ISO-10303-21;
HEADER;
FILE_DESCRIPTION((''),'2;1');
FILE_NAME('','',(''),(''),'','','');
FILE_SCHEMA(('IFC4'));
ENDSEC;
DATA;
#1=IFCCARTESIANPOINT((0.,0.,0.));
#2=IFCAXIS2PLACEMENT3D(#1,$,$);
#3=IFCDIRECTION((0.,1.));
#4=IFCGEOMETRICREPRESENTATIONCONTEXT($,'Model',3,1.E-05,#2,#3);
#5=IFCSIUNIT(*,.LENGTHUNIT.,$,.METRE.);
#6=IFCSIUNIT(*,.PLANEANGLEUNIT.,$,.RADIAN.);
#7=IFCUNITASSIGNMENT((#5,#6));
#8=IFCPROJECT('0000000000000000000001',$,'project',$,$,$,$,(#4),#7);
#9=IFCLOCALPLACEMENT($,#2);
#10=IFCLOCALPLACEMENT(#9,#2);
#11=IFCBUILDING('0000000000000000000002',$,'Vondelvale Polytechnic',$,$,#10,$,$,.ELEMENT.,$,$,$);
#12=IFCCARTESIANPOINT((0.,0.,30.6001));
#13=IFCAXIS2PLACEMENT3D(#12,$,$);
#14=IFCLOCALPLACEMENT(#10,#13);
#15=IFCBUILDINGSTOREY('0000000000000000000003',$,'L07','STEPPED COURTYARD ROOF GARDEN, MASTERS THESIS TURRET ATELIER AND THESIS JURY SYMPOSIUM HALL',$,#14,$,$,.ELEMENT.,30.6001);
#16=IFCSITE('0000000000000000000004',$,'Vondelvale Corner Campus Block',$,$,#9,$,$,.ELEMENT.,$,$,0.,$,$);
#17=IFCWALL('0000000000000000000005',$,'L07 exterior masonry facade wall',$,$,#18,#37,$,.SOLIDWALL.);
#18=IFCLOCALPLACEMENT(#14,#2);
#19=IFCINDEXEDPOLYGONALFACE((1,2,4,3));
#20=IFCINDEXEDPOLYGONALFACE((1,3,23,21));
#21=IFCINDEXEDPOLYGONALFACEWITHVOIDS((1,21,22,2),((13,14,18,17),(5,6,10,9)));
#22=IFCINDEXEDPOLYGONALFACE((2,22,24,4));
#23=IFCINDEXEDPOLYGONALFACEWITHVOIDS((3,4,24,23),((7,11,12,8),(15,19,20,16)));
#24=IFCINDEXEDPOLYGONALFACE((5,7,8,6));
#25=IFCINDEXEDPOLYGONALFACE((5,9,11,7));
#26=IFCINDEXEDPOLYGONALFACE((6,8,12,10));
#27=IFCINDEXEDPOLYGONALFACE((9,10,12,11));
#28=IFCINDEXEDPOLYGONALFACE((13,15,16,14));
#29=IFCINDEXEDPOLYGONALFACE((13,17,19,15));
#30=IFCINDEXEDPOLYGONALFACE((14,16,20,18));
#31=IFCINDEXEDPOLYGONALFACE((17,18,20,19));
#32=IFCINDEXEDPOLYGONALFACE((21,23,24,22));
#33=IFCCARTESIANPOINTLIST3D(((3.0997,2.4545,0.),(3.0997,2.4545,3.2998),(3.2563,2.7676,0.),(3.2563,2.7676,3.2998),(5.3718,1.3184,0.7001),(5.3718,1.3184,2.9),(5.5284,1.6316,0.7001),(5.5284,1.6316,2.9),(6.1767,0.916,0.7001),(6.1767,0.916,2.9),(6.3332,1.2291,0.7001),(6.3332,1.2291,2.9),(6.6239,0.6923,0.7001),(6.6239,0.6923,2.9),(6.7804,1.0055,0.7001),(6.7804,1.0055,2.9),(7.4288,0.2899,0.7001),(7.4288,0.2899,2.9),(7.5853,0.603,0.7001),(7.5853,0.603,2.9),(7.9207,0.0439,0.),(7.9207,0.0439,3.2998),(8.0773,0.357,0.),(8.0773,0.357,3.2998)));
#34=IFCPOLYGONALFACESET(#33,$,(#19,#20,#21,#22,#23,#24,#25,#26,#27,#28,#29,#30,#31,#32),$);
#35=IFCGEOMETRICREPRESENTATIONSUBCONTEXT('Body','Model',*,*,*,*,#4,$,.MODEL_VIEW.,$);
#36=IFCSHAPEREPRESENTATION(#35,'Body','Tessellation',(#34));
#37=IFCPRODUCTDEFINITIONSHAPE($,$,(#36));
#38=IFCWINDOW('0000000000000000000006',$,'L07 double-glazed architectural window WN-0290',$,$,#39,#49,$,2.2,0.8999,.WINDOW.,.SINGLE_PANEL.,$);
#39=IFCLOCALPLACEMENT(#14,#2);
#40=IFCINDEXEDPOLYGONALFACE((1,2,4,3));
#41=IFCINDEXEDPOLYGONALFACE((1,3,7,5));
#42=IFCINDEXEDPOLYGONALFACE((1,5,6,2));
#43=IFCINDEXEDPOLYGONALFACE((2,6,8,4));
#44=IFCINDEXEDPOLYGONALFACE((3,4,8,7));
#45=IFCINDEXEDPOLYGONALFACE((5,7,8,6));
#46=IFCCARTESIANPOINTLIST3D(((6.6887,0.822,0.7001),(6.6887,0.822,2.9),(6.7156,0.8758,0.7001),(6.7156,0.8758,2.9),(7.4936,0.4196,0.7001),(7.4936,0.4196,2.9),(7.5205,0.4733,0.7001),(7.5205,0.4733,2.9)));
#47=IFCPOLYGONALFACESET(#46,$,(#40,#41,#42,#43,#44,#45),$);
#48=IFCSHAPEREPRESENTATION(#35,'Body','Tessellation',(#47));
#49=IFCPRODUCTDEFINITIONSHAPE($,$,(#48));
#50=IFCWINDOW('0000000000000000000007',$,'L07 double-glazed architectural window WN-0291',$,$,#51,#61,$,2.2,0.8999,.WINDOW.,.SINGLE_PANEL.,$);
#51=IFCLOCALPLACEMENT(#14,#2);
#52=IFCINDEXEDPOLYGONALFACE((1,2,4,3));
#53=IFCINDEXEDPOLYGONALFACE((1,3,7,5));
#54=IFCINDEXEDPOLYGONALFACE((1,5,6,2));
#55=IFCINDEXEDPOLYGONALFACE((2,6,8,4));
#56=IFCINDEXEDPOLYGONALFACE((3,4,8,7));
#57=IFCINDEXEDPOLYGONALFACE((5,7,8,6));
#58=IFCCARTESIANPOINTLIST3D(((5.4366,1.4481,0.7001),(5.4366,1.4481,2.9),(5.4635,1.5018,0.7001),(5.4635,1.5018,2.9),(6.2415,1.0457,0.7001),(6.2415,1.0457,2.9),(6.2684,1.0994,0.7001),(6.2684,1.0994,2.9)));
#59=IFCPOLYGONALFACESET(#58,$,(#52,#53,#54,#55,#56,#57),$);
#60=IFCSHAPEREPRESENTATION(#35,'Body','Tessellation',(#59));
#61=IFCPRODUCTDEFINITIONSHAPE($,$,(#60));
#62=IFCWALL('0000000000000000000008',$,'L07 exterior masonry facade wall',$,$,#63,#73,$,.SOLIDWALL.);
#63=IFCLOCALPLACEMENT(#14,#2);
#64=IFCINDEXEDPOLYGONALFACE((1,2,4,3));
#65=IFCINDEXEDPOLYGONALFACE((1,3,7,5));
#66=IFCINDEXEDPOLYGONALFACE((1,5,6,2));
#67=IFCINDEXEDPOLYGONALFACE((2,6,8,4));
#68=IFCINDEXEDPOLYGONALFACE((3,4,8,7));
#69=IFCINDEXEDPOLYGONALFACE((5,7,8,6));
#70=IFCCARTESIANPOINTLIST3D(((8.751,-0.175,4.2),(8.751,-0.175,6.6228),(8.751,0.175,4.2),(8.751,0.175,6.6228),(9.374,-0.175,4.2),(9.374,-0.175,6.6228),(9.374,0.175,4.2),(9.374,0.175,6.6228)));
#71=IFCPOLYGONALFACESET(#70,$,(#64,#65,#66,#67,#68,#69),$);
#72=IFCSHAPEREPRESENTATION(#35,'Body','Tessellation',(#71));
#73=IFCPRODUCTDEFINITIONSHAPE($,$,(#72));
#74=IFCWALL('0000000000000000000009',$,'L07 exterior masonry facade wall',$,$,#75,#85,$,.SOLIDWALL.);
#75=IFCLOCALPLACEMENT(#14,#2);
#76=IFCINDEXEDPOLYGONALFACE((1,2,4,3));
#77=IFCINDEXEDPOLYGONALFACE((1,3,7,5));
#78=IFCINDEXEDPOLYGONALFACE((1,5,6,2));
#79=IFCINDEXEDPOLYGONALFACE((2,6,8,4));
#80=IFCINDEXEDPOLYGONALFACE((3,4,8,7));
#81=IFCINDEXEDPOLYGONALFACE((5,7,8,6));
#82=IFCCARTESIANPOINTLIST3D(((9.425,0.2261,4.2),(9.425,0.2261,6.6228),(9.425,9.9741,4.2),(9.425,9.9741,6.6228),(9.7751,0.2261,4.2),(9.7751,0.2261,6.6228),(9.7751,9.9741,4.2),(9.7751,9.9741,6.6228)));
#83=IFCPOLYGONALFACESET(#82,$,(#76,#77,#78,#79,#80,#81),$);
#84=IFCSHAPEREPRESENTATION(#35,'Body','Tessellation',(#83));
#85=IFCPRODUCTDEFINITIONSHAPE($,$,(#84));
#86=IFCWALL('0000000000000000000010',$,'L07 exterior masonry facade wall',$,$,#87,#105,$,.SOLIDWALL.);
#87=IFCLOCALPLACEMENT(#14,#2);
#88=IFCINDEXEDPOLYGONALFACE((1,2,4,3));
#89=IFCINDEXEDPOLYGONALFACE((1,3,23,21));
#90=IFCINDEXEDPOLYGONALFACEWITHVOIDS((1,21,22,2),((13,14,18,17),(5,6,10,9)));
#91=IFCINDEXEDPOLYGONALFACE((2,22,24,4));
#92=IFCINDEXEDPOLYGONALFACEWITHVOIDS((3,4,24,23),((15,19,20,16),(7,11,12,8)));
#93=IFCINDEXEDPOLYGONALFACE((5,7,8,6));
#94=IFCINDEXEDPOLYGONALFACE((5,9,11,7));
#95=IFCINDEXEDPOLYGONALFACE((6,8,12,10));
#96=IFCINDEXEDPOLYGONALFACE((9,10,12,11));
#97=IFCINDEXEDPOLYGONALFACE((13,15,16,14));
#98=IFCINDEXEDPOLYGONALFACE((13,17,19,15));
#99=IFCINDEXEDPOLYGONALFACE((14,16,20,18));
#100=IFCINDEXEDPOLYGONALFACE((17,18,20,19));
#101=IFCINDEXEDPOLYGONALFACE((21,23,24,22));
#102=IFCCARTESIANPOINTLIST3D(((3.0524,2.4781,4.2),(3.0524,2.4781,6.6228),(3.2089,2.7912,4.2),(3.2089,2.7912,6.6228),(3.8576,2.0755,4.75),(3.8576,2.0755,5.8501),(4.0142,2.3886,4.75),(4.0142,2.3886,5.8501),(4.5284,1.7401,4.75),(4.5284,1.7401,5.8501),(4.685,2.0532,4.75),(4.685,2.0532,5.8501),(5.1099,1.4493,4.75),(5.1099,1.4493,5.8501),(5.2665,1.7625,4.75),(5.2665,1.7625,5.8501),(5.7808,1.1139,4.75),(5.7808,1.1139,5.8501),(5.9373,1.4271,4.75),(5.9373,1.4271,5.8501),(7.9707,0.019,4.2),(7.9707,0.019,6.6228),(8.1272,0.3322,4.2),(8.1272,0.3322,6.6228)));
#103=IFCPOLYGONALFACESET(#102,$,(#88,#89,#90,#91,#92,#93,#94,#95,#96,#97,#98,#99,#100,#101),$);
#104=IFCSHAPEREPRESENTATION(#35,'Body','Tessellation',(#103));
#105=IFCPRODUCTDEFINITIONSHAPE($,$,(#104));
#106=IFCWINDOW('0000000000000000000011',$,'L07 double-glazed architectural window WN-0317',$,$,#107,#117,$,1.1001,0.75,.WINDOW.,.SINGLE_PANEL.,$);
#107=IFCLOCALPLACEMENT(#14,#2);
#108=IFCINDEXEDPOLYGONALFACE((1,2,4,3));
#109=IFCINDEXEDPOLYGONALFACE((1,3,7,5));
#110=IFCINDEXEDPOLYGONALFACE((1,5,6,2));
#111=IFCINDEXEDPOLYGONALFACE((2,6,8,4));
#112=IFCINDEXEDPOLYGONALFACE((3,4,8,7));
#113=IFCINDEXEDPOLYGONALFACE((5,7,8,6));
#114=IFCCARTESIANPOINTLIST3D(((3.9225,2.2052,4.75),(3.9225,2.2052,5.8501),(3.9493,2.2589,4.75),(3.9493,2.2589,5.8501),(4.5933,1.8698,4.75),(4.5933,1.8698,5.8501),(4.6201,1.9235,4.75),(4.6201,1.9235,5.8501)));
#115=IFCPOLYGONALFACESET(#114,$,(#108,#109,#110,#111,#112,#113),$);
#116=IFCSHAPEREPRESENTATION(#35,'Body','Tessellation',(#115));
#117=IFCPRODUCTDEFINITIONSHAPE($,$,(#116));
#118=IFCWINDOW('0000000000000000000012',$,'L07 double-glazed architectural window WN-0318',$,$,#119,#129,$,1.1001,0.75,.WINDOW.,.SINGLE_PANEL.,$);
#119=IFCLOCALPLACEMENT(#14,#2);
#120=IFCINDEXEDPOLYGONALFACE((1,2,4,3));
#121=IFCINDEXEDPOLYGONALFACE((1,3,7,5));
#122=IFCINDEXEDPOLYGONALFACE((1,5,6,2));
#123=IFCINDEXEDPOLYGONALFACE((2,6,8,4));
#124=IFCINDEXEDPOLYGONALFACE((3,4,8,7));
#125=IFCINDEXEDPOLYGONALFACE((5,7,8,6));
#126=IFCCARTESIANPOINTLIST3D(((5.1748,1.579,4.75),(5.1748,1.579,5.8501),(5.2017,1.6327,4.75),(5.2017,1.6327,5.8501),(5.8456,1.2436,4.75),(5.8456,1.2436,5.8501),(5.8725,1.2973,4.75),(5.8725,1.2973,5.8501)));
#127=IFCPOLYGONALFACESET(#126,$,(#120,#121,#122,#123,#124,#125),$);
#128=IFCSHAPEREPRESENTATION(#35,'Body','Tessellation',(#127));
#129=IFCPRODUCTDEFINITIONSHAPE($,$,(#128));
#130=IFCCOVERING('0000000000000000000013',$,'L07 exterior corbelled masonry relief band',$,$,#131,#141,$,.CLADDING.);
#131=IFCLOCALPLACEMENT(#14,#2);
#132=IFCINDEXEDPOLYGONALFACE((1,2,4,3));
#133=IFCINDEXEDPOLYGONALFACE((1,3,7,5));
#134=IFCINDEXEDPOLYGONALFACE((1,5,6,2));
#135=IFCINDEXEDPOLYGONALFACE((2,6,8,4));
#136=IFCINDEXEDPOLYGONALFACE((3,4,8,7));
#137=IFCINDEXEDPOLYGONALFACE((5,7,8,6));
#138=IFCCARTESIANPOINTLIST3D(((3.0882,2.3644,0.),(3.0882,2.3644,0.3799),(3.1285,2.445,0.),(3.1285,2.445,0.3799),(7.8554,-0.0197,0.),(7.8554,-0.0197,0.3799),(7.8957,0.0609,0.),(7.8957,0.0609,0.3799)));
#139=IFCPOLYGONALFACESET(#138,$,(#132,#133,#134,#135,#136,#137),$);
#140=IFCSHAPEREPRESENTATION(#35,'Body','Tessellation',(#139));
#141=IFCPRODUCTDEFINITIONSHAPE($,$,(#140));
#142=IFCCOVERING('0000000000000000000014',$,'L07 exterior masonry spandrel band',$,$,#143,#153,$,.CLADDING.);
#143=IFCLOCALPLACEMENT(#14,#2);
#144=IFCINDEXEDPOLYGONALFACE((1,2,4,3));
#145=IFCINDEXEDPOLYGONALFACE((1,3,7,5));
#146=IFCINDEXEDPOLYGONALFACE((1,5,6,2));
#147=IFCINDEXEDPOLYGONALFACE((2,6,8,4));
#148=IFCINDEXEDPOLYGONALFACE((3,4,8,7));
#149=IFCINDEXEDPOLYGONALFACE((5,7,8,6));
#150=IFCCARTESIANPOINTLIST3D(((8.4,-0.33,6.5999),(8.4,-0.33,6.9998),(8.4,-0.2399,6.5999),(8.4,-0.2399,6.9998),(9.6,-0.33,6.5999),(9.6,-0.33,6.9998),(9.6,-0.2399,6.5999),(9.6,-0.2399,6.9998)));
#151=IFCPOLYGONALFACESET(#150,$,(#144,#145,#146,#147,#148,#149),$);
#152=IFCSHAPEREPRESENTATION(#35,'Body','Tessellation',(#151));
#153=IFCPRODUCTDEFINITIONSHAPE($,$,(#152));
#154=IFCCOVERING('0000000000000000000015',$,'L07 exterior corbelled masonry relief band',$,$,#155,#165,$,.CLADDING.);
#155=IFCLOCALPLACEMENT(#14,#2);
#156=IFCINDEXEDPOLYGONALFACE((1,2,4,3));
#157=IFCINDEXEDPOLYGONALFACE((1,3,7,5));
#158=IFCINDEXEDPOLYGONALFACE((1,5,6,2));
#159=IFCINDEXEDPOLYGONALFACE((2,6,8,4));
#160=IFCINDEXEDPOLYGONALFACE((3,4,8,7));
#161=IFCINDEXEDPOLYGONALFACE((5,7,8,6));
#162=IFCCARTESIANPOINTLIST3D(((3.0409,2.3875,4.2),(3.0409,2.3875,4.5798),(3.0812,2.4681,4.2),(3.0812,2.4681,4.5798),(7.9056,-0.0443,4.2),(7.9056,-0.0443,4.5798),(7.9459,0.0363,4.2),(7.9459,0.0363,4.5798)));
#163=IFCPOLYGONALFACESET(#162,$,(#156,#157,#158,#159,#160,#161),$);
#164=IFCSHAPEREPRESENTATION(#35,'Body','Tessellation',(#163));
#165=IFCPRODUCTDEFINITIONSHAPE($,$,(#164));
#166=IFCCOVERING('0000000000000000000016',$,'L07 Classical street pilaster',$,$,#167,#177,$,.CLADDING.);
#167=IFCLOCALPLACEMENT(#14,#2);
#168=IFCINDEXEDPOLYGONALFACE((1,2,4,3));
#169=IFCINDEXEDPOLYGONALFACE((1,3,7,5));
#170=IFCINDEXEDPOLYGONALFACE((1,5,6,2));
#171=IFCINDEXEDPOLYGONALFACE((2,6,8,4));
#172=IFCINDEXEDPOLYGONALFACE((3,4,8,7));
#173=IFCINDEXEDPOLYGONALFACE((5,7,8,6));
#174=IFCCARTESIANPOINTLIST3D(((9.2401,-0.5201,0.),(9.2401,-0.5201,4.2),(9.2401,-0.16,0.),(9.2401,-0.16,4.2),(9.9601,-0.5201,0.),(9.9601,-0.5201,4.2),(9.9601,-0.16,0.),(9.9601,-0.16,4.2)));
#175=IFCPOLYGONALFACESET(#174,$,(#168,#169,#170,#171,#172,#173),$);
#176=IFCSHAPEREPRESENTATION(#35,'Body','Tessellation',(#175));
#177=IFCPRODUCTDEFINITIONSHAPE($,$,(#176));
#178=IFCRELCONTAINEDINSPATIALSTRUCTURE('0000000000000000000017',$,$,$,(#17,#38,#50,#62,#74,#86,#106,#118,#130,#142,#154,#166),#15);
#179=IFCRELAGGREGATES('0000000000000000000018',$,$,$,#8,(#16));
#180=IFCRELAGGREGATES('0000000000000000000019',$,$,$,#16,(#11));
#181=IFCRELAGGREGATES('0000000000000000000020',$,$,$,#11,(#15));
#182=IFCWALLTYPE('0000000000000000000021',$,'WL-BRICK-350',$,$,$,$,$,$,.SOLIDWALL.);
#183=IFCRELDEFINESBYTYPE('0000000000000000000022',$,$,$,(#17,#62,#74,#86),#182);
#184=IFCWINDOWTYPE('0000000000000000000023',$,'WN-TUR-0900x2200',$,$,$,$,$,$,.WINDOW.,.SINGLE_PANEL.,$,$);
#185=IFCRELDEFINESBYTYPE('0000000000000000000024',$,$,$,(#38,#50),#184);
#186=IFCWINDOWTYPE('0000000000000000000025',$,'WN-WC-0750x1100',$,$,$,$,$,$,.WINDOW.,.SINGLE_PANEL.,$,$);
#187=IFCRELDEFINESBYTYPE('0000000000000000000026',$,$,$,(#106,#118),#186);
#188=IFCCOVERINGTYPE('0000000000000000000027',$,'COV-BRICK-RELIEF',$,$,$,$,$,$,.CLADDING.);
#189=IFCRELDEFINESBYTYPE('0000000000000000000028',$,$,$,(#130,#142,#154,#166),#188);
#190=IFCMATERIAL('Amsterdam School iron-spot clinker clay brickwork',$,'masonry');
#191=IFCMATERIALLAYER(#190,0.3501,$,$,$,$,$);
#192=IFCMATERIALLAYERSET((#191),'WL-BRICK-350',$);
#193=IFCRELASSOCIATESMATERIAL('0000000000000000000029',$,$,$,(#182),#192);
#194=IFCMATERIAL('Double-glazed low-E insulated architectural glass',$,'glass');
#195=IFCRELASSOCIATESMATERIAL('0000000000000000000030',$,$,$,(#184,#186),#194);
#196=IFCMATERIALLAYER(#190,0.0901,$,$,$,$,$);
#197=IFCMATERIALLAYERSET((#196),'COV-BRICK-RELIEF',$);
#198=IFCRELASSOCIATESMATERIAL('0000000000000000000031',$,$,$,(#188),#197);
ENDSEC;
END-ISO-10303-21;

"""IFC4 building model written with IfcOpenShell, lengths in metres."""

from ifc_helpers import new_model, si_unit, direction, frame, frame_2d, origin, origin_2d, place, context, subcontext, project, spatial, rectangle, extrude, material, layer, layer_set, type_object, element, fill, save


model = new_model("IFC4")

# Units and contexts
model_context = context("Model", 3, precision=1e-05, world=origin(), true_north=direction((0.0, 1.0)))
body_context = subcontext(model_context, "Body", "Model", "MODEL_VIEW")
ifc_project = project(units=[si_unit("LENGTHUNIT", "METRE"), si_unit("PLANEANGLEUNIT", "RADIAN")], contexts=[model_context])

# Site, building, storey
site_placement = place(None, origin())
site = spatial("IfcSite", under=ifc_project, at=site_placement, Name="Vondelvale Corner Campus Block", CompositionType="ELEMENT", RefElevation=0.0)
building_placement = place(site_placement, origin())
building = spatial("IfcBuilding", under=site, at=building_placement, Name="Vondelvale Polytechnic", CompositionType="ELEMENT")
storey_placement = place(building_placement, frame((0.0, 0.0, 30.6001)))
storey = spatial("IfcBuildingStorey", under=building, at=storey_placement, Name="L07", Description="STEPPED COURTYARD ROOF GARDEN, MASTERS THESIS TURRET ATELIER AND THESIS JURY SYMPOSIUM HALL", CompositionType="ELEMENT", Elevation=30.6001)

# Shared definitions
ifc_material_1 = material(Name="Amsterdam School iron-spot clinker clay brickwork", Category="masonry")

# Wall, openings, windows
ifc_layer_1 = layer(ifc_material_1, 0.3501)
ifc_layer_set_1 = layer_set([ifc_layer_1], Name="WL-BRICK-350")
wall_type_1 = type_object("IfcWallType", Name="WL-BRICK-350", PredefinedType="SOLIDWALL", material=ifc_layer_set_1)
wall_1_placement = place(storey_placement, frame((7.999, 0.2004, 0.0), z_axis=(0.0, 0.0, 1.0), x_axis=(-0.894418, 0.447232, 0.0)))
wall_1 = element("IfcWall", 1, at=wall_1_placement, inside=storey, type_object=wall_type_1, Name="L07 exterior masonry facade wall", PredefinedType="SOLIDWALL", context=body_context, shape_type="SweptSolid", body=[
    extrude(rectangle(XDim=5.3901, YDim=0.3501, at=frame_2d((2.6951, 0.0))), origin(), (0.0, 0.0, 1.0), 3.2998),
])
opening_1_placement = place(wall_1_placement, frame((0.55, 0.0, 0.7)))
opening_1 = element("IfcOpeningElement", 2, at=opening_1_placement, cuts=wall_1, PredefinedType="OPENING", context=body_context, shape_type="SweptSolid", body=[
    extrude(rectangle(XDim=0.8999, YDim=2.2, at=frame_2d((0.45, 1.1001))), frame((0.0, 0.1851, 0.0), z_axis=(0.0, -1.0, 0.0), x_axis=(1.0, 0.0, 0.0)), (0.0, 0.0, 1.0), 0.3701),
])
opening_2_placement = place(wall_1_placement, frame((1.95, 0.0, 0.7)))
opening_2 = element("IfcOpeningElement", 3, at=opening_2_placement, cuts=wall_1, PredefinedType="OPENING", context=body_context, shape_type="SweptSolid", body=[
    extrude(rectangle(XDim=0.8999, YDim=2.2, at=frame_2d((0.45, 1.1001))), frame((0.0, 0.1851, 0.0), z_axis=(0.0, -1.0, 0.0), x_axis=(1.0, 0.0, 0.0)), (0.0, 0.0, 1.0), 0.3701),
])
ifc_material_2 = material(Name="Double-glazed low-E insulated architectural glass", Category="glass")
window_type_1 = type_object("IfcWindowType", Name="WN-TUR-0900x2200", PartitioningType="SINGLE_PANEL", PredefinedType="WINDOW", material=ifc_material_2)
window_1_placement = place(opening_1_placement, origin())
window_1 = element("IfcWindow", 4, at=window_1_placement, inside=storey, type_object=window_type_1, Name="L07 double-glazed architectural window WN-0290", OverallHeight=2.2, OverallWidth=0.8999, PartitioningType="SINGLE_PANEL", PredefinedType="WINDOW", context=body_context, shape_type="SweptSolid", body=[
    extrude(rectangle(XDim=0.8999, YDim=2.2, at=frame_2d((0.45, 1.1001))), frame((0.0, 0.03, 0.0), z_axis=(0.0, -1.0, 0.0), x_axis=(1.0, 0.0, 0.0)), (0.0, 0.0, 1.0), 0.0601),
])
fill(opening_1, window_1)
window_2_placement = place(opening_2_placement, origin())
window_2 = element("IfcWindow", 5, at=window_2_placement, inside=storey, type_object=window_type_1, Name="L07 double-glazed architectural window WN-0291", OverallHeight=2.2, OverallWidth=0.8999, PartitioningType="SINGLE_PANEL", PredefinedType="WINDOW", context=body_context, shape_type="SweptSolid", body=[
    extrude(rectangle(XDim=0.8999, YDim=2.2, at=frame_2d((0.45, 1.1001))), frame((0.0, 0.03, 0.0), z_axis=(0.0, -1.0, 0.0), x_axis=(1.0, 0.0, 0.0)), (0.0, 0.0, 1.0), 0.0601),
])
fill(opening_2, window_2)

# Walls
wall_2_placement = place(storey_placement, frame((9.374, 0.0, 4.2), z_axis=(0.0, 0.0, 1.0), x_axis=(-1.0, 0.0, 0.0)))
element("IfcWall", 6, at=wall_2_placement, inside=storey, type_object=wall_type_1, Name="L07 exterior masonry facade wall", PredefinedType="SOLIDWALL", context=body_context, shape_type="SweptSolid", body=[
    extrude(rectangle(XDim=0.623, YDim=0.3501, at=frame_2d((0.3115, 0.0))), origin(), (0.0, 0.0, 1.0), 2.4229),
])
wall_3_placement = place(storey_placement, frame((9.6001, 9.9741, 4.2), z_axis=(0.0, 0.0, 1.0), x_axis=(0.0, -1.0, 0.0)))
element("IfcWall", 7, at=wall_3_placement, inside=storey, type_object=wall_type_1, Name="L07 exterior masonry facade wall", PredefinedType="SOLIDWALL", context=body_context, shape_type="SweptSolid", body=[
    extrude(rectangle(XDim=9.748, YDim=0.3501, at=frame_2d((4.874, 0.0))), origin(), (0.0, 0.0, 1.0), 2.4229),
])

# Wall, openings, windows
wall_4_placement = place(storey_placement, frame((8.0491, 0.1755, 4.2), z_axis=(0.0, 0.0, 1.0), x_axis=(-0.894436, 0.447196, 0.0)))
wall_4 = element("IfcWall", 8, at=wall_4_placement, inside=storey, type_object=wall_type_1, Name="L07 exterior masonry facade wall", PredefinedType="SOLIDWALL", context=body_context, shape_type="SweptSolid", body=[
    extrude(rectangle(XDim=5.4988, YDim=0.3501, at=frame_2d((2.7495, 0.0))), origin(), (0.0, 0.0, 1.0), 2.4229),
])
opening_3_placement = place(wall_4_placement, frame((3.8486, 0.0, 0.55)))
opening_3 = element("IfcOpeningElement", 9, at=opening_3_placement, cuts=wall_4, PredefinedType="OPENING", context=body_context, shape_type="SweptSolid", body=[
    extrude(rectangle(XDim=0.75, YDim=1.1001, at=frame_2d((0.375, 0.55))), frame((0.0, 0.1851, 0.0), z_axis=(0.0, -1.0, 0.0), x_axis=(1.0, 0.0, 0.0)), (0.0, 0.0, 1.0), 0.3701),
])
opening_4_placement = place(wall_4_placement, frame((2.4485, 0.0, 0.55)))
opening_4 = element("IfcOpeningElement", 10, at=opening_4_placement, cuts=wall_4, PredefinedType="OPENING", context=body_context, shape_type="SweptSolid", body=[
    extrude(rectangle(XDim=0.75, YDim=1.1001, at=frame_2d((0.375, 0.55))), frame((0.0, 0.1851, 0.0), z_axis=(0.0, -1.0, 0.0), x_axis=(1.0, 0.0, 0.0)), (0.0, 0.0, 1.0), 0.3701),
])
window_type_2 = type_object("IfcWindowType", Name="WN-WC-0750x1100", PartitioningType="SINGLE_PANEL", PredefinedType="WINDOW", material=ifc_material_2)
window_3_placement = place(opening_3_placement, origin())
window_3 = element("IfcWindow", 11, at=window_3_placement, inside=storey, type_object=window_type_2, Name="L07 double-glazed architectural window WN-0317", OverallHeight=1.1001, OverallWidth=0.75, PartitioningType="SINGLE_PANEL", PredefinedType="WINDOW", context=body_context, shape_type="SweptSolid", body=[
    extrude(rectangle(XDim=0.75, YDim=1.1001, at=frame_2d((0.375, 0.55))), frame((0.0, 0.03, 0.0), z_axis=(0.0, -1.0, 0.0), x_axis=(1.0, 0.0, 0.0)), (0.0, 0.0, 1.0), 0.0601),
])
fill(opening_3, window_3)
window_4_placement = place(opening_4_placement, origin())
window_4 = element("IfcWindow", 12, at=window_4_placement, inside=storey, type_object=window_type_2, Name="L07 double-glazed architectural window WN-0318", OverallHeight=1.1001, OverallWidth=0.75, PartitioningType="SINGLE_PANEL", PredefinedType="WINDOW", context=body_context, shape_type="SweptSolid", body=[
    extrude(rectangle(XDim=0.75, YDim=1.1001, at=frame_2d((0.375, 0.55))), frame((0.0, 0.03, 0.0), z_axis=(0.0, -1.0, 0.0), x_axis=(1.0, 0.0, 0.0)), (0.0, 0.0, 1.0), 0.0601),
])
fill(opening_4, window_4)

# Coverings
ifc_layer_2 = layer(ifc_material_1, 0.0901)
ifc_layer_set_2 = layer_set([ifc_layer_2], Name="COV-BRICK-RELIEF")
covering_type = type_object("IfcCoveringType", Name="COV-BRICK-RELIEF", PredefinedType="CLADDING", material=ifc_layer_set_2)
covering_1_placement = place(storey_placement, frame((5.4919, 1.2126, 0.0), z_axis=(0.0, 0.0, 1.0), x_axis=(-0.894389, 0.447291, 0.0)))
element("IfcCovering", 13, at=covering_1_placement, inside=storey, type_object=covering_type, Name="L07 exterior corbelled masonry relief band", PredefinedType="CLADDING", context=body_context, shape_type="SweptSolid", body=[
    extrude(rectangle(XDim=5.3301, YDim=0.0901, at=origin_2d()), origin(), (0.0, 0.0, 1.0), 0.3799),
])
covering_2_placement = place(storey_placement, frame((9.0, -0.2849, 6.5999), z_axis=(0.0, 0.0, 1.0), x_axis=(1.0, 0.0, 0.0)))
element("IfcCovering", 14, at=covering_2_placement, inside=storey, type_object=covering_type, Name="L07 exterior masonry spandrel band", PredefinedType="CLADDING", context=body_context, shape_type="SweptSolid", body=[
    extrude(rectangle(XDim=1.2, YDim=0.0901, at=origin_2d()), origin(), (0.0, 0.0, 1.0), 0.3999),
])
covering_3_placement = place(storey_placement, frame((5.4934, 1.2119, 4.2), z_axis=(0.0, 0.0, 1.0), x_axis=(-0.894467, 0.447135, 0.0)))
element("IfcCovering", 15, at=covering_3_placement, inside=storey, type_object=covering_type, Name="L07 exterior corbelled masonry relief band", PredefinedType="CLADDING", context=body_context, shape_type="SweptSolid", body=[
    extrude(rectangle(XDim=5.4387, YDim=0.0901, at=origin_2d()), origin(), (0.0, 0.0, 1.0), 0.3799),
])
covering_4_placement = place(storey_placement, frame((9.6001, -0.3401, 0.0), z_axis=(0.0, 0.0, 1.0), x_axis=(1.0, 0.0, 0.0)))
element("IfcCovering", 16, at=covering_4_placement, inside=storey, type_object=covering_type, Name="L07 Classical street pilaster", PredefinedType="CLADDING", context=body_context, shape_type="SweptSolid", body=[
    extrude(rectangle(XDim=0.72, YDim=0.3601, at=origin_2d()), origin(), (0.0, 0.0, 1.0), 4.2),
])

save(model, "model.ifc")
